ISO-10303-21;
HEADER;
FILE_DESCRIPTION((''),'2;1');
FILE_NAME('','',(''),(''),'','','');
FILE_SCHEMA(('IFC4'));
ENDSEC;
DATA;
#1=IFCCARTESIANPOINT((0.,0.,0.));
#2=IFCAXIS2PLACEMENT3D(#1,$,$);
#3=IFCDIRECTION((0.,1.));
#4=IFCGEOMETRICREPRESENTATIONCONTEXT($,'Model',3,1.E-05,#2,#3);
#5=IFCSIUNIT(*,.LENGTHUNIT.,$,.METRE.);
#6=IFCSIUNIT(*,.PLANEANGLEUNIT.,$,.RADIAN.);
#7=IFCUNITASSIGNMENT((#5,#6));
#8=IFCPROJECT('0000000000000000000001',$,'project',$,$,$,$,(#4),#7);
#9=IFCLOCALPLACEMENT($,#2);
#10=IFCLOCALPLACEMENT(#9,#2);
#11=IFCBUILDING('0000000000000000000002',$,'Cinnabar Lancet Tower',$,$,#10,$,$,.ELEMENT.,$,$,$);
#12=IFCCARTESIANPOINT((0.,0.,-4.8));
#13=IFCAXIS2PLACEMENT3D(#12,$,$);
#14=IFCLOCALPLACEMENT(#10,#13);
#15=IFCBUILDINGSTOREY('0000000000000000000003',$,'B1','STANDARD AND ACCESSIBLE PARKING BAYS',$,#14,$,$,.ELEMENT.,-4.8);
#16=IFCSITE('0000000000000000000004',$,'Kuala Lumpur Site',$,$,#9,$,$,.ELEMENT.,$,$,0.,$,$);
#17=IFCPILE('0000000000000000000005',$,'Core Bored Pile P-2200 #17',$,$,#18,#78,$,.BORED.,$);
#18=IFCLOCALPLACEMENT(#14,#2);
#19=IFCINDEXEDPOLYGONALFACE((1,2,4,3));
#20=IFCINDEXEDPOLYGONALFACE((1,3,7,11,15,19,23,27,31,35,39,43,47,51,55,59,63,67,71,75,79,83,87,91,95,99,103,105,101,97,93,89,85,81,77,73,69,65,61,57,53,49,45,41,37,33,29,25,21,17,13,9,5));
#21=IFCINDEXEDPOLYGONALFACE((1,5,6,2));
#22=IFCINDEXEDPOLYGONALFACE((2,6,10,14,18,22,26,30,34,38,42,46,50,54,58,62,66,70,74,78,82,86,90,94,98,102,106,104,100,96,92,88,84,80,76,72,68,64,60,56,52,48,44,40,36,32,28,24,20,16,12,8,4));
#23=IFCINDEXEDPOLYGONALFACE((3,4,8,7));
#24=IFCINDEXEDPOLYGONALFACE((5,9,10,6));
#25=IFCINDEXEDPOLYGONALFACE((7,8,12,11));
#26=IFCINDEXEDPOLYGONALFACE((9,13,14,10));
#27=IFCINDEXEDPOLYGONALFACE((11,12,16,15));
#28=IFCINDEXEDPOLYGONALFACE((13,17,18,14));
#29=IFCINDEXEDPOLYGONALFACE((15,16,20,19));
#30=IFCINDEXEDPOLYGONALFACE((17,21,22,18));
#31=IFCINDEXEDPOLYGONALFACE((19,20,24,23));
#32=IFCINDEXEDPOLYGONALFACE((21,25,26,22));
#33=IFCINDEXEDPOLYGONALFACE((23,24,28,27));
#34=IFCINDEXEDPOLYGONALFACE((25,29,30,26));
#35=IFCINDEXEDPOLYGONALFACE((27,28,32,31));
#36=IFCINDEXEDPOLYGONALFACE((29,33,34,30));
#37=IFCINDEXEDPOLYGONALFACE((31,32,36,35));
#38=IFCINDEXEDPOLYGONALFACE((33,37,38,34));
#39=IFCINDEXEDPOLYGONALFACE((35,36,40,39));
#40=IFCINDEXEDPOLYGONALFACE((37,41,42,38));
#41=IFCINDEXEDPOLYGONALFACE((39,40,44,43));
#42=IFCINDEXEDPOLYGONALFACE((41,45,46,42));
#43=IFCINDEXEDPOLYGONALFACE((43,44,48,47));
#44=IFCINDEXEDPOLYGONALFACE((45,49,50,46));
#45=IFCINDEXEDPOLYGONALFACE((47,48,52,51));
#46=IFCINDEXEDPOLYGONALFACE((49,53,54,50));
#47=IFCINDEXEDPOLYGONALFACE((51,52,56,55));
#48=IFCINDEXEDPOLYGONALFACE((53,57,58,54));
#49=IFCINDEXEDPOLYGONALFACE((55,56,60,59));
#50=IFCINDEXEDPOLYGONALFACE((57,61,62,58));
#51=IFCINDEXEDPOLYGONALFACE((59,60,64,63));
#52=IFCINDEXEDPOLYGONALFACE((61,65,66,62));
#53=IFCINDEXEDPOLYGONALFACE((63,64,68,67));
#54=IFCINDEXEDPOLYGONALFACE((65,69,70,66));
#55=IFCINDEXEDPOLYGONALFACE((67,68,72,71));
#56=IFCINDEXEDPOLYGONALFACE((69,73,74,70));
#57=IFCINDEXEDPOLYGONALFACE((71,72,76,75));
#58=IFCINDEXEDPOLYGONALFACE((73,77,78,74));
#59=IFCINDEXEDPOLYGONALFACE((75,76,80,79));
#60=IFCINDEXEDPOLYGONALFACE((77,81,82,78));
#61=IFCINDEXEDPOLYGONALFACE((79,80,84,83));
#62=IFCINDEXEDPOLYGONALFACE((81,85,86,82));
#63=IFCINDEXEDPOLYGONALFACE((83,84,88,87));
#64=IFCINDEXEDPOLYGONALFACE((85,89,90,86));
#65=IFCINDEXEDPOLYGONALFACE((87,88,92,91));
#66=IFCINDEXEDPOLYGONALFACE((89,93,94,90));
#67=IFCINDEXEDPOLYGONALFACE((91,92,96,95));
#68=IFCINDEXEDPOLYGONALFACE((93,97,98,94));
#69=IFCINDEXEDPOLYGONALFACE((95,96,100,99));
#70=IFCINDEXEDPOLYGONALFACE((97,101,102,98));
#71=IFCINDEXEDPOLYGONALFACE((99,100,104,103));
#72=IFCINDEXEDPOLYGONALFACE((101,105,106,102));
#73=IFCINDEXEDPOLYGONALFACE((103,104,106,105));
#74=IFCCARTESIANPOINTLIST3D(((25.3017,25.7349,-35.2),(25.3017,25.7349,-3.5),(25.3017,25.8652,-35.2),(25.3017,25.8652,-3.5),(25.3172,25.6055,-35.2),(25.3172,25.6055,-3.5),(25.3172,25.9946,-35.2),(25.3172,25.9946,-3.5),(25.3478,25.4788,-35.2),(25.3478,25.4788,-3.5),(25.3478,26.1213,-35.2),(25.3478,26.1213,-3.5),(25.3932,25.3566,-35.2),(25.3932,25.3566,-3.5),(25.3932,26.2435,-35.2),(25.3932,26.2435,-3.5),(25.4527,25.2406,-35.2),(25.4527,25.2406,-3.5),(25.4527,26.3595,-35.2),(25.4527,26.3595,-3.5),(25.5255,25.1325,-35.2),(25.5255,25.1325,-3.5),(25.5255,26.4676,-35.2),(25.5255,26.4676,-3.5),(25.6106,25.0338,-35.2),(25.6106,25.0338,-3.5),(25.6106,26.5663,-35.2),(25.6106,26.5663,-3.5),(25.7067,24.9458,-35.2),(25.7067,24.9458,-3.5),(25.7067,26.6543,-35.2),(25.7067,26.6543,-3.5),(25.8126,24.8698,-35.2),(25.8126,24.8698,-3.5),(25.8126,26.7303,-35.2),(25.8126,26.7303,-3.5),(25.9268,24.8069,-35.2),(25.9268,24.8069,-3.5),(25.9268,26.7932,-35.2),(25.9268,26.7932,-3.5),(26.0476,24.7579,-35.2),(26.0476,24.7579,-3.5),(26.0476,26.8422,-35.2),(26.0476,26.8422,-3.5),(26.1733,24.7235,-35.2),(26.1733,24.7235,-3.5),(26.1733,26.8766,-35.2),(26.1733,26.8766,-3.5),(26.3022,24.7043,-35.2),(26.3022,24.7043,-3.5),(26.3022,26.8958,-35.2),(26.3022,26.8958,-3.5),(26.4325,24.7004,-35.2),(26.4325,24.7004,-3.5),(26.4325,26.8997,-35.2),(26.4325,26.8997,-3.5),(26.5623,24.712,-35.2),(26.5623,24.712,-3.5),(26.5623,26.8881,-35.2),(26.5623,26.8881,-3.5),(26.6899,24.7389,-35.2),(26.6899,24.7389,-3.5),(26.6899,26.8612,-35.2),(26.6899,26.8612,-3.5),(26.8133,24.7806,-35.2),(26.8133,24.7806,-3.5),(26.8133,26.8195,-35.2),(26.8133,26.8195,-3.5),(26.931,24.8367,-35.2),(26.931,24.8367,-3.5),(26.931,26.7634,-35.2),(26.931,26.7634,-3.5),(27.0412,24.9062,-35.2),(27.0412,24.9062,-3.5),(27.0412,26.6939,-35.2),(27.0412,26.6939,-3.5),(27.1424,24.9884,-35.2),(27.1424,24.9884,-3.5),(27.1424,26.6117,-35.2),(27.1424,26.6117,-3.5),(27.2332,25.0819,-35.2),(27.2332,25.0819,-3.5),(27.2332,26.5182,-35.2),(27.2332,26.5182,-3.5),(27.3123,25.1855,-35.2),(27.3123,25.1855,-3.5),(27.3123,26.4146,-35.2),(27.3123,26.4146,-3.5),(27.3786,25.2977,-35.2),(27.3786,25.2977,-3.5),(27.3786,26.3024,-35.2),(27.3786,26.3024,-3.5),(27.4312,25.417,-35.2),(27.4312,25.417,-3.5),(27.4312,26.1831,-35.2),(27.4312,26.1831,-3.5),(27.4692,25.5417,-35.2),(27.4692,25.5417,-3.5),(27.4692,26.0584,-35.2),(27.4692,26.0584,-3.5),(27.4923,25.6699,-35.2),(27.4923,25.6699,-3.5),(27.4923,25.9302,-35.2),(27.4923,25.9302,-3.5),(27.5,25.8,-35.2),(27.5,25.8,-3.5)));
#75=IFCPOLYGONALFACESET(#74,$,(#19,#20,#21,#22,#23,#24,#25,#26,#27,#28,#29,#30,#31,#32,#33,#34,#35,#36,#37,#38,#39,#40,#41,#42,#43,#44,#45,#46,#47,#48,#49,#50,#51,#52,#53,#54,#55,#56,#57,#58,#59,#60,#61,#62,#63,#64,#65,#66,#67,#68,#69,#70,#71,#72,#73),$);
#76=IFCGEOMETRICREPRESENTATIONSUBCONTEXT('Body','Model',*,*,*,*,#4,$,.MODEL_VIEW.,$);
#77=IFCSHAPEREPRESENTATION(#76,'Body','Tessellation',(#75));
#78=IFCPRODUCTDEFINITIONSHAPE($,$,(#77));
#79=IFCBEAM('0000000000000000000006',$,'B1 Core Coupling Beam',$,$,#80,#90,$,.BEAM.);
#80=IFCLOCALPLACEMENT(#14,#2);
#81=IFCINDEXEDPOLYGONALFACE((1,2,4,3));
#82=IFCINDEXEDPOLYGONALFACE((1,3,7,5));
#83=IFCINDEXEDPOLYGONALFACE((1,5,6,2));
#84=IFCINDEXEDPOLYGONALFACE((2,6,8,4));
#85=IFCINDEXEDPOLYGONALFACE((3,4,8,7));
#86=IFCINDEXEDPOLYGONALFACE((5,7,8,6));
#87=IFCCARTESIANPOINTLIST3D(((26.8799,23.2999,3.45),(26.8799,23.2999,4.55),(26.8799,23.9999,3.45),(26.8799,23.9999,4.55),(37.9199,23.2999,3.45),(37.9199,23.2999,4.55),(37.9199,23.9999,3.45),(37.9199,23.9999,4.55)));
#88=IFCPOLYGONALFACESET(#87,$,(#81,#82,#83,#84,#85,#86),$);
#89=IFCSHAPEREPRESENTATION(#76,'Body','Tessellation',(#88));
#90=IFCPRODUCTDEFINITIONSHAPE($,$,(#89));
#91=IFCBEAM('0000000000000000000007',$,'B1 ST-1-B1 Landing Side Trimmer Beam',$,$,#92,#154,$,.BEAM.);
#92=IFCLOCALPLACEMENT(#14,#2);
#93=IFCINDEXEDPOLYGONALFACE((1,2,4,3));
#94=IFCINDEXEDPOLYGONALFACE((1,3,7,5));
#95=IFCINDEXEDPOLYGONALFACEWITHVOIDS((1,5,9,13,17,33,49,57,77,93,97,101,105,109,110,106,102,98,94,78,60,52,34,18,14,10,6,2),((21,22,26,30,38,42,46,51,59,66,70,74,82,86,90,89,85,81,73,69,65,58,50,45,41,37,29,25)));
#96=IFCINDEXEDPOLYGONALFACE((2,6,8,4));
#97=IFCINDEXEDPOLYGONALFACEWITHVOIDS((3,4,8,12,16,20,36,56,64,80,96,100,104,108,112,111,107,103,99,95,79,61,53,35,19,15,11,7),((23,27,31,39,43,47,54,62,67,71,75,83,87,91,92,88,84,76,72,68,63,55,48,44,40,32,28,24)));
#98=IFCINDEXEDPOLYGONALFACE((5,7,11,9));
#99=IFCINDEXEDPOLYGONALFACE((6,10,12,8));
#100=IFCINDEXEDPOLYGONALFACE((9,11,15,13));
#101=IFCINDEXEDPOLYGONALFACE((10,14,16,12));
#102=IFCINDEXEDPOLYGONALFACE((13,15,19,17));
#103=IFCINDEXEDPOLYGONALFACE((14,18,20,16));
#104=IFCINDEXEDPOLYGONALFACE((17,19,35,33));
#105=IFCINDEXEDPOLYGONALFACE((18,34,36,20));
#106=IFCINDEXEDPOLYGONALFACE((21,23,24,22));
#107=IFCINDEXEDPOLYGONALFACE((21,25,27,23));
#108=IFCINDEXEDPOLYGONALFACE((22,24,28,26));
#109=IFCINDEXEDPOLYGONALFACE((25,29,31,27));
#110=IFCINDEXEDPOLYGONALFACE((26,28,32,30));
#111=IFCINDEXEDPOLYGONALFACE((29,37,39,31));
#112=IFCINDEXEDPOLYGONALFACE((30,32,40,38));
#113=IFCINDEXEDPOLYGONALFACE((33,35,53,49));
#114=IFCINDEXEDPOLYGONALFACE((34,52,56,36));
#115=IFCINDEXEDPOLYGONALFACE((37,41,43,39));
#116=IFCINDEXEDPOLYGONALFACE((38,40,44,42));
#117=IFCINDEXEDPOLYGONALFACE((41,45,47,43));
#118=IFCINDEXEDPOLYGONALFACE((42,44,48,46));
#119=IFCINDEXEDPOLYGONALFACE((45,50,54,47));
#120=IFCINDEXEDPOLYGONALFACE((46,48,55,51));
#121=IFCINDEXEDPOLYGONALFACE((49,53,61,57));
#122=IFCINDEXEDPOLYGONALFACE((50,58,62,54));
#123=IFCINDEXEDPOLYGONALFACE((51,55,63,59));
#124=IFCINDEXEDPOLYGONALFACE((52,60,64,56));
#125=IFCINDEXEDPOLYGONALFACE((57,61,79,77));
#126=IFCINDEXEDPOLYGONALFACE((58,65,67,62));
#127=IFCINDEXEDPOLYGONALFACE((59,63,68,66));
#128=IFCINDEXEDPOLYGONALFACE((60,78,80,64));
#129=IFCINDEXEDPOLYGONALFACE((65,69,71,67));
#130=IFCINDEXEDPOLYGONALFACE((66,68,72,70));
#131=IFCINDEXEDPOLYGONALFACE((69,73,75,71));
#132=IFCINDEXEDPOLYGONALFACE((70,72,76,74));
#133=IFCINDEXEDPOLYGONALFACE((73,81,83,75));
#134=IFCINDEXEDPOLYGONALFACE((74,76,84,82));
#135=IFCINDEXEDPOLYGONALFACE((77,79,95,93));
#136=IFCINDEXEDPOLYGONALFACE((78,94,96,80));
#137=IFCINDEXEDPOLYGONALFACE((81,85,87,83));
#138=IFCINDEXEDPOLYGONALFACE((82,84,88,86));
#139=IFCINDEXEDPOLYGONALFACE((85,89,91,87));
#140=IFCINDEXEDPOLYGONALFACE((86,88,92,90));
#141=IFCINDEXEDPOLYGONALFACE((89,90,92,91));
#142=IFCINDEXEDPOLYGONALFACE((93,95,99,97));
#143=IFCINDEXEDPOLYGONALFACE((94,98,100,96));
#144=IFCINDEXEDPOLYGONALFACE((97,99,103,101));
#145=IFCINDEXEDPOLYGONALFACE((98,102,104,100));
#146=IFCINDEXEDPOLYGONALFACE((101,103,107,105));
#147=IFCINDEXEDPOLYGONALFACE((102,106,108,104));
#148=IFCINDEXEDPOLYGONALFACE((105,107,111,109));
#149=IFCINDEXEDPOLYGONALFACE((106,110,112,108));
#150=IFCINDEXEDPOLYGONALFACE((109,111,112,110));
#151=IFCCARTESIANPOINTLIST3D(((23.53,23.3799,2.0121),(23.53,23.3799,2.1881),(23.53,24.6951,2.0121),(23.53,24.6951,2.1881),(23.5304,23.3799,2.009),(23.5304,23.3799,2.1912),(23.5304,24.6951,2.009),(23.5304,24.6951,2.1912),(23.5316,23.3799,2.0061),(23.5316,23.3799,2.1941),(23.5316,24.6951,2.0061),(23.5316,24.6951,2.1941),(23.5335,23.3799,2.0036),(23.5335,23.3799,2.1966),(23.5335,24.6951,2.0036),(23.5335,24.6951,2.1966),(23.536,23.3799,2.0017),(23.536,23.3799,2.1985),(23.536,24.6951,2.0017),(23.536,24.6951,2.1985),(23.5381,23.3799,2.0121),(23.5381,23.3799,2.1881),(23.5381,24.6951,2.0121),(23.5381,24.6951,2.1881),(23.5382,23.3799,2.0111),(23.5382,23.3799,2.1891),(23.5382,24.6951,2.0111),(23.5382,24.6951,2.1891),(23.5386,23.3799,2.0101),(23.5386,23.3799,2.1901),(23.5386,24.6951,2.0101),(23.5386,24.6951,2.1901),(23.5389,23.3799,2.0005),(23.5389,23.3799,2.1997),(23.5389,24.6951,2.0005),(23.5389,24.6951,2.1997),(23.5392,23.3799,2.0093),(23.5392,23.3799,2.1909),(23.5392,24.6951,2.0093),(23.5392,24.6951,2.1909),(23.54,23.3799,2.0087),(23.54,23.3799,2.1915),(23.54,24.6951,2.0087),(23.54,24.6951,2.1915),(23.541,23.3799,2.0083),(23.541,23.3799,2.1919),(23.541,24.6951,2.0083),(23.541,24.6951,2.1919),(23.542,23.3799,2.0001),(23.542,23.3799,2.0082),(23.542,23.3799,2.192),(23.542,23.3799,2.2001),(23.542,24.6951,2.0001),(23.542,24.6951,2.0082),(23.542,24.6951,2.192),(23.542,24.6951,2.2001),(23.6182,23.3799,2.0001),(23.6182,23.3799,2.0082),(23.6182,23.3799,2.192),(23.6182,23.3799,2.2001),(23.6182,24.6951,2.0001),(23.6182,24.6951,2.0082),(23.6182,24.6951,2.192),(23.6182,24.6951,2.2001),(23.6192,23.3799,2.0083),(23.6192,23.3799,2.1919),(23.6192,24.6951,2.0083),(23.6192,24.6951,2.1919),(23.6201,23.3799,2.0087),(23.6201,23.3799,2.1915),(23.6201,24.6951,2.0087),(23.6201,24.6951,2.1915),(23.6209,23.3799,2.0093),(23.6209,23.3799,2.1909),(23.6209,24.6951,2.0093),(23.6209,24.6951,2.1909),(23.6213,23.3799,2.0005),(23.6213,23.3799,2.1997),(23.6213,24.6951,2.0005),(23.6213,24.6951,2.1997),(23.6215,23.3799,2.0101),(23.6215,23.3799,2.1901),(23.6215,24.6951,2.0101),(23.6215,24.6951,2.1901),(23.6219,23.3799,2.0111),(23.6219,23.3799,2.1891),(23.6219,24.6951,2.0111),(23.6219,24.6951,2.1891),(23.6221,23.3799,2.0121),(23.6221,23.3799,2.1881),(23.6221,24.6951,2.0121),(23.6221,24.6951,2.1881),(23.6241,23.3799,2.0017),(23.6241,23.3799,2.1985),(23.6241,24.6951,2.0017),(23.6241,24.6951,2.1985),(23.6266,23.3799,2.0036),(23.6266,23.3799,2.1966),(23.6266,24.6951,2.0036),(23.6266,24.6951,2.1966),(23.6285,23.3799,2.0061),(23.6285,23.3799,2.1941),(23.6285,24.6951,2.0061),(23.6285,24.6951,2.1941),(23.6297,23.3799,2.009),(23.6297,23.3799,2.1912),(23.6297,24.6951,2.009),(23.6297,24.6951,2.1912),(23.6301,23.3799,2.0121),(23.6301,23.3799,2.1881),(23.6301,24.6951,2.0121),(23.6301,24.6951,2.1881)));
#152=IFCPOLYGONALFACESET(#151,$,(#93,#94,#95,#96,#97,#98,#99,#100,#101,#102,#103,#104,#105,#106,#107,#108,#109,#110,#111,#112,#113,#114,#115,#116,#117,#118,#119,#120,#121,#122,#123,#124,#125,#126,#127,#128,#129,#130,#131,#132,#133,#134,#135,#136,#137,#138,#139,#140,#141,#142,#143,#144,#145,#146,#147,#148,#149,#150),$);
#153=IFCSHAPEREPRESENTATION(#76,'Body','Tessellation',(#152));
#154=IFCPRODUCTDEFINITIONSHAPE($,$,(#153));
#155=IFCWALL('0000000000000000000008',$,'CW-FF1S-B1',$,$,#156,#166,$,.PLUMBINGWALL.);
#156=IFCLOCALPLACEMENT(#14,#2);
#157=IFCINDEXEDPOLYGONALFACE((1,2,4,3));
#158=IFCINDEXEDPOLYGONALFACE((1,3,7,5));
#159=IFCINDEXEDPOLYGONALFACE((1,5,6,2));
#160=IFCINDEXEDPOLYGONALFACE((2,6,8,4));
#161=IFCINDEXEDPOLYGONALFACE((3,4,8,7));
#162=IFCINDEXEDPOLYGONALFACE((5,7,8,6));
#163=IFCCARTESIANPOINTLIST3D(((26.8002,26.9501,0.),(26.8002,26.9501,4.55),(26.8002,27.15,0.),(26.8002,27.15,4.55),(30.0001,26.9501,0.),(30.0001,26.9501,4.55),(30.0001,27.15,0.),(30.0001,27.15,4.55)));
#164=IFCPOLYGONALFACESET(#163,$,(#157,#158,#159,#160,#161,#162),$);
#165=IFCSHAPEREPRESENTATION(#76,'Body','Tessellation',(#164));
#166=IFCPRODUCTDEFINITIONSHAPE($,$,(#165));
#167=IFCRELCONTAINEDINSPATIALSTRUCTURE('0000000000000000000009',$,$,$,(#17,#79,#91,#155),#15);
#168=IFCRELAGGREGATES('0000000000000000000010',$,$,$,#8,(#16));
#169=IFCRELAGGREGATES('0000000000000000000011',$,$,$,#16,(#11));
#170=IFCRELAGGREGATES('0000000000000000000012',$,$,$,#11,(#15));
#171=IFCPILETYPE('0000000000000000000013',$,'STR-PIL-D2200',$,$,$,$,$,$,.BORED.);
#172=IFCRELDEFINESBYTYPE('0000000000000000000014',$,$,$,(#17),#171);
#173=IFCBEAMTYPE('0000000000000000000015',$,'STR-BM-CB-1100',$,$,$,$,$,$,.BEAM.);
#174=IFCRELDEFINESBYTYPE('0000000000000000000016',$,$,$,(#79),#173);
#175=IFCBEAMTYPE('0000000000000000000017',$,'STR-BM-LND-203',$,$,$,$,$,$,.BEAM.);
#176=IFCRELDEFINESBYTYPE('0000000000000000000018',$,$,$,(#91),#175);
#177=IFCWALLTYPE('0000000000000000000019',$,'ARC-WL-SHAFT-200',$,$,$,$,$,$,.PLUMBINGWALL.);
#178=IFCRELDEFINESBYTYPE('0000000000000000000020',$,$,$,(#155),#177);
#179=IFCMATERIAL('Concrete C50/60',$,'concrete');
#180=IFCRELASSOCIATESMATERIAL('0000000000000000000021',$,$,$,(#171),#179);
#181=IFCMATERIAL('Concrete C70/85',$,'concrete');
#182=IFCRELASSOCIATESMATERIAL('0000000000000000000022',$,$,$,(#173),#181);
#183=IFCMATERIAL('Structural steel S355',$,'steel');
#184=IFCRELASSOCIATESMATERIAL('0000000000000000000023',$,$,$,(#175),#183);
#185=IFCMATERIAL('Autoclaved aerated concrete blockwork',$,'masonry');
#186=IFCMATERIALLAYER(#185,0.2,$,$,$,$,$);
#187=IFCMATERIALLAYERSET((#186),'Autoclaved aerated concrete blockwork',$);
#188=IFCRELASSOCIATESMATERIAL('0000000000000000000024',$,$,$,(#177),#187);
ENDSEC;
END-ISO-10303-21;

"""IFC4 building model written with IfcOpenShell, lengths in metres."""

from ifc_helpers import new_model, si_unit, direction, frame, frame_2d, origin, origin_2d, place, context, subcontext, project, spatial, rectangle, hollow_rectangle, circle, extrude, material, layer, layer_set, material_profile, profile_set, type_object, element, save


model = new_model("IFC4")

# Units and contexts
model_context = context("Model", 3, precision=1e-05, world=origin(), true_north=direction((0.0, 1.0)))
body_context = subcontext(model_context, "Body", "Model", "MODEL_VIEW")
ifc_project = project(units=[si_unit("LENGTHUNIT", "METRE"), si_unit("PLANEANGLEUNIT", "RADIAN")], contexts=[model_context])

# Site, building, storey
site_placement = place(None, origin())
site = spatial("IfcSite", under=ifc_project, at=site_placement, Name="Kuala Lumpur Site", CompositionType="ELEMENT", RefElevation=0.0)
building_placement = place(site_placement, origin())
building = spatial("IfcBuilding", under=site, at=building_placement, Name="Cinnabar Lancet Tower", CompositionType="ELEMENT")
storey_placement = place(building_placement, frame((0.0, 0.0, -4.8)))
storey = spatial("IfcBuildingStorey", under=building, at=storey_placement, Name="B1", Description="STANDARD AND ACCESSIBLE PARKING BAYS", CompositionType="ELEMENT", Elevation=-4.8)

# Pile
ifc_material_1 = material(Name="Concrete C50/60", Category="concrete")
ifc_material_profile_1 = material_profile(ifc_material_1, circle(Radius=1.1001, at=origin_2d()), Name="PILE D2200")
ifc_profile_set_1 = profile_set([ifc_material_profile_1], Name="Concrete C50/60")
pile_type = type_object("IfcPileType", Name="STR-PIL-D2200", PredefinedType="BORED", material=ifc_profile_set_1)
pile_placement = place(storey_placement, frame((26.3999, 25.8, -3.5), z_axis=(0.0, 0.0, -1.0), x_axis=(1.0, 0.0, 0.0)))
element("IfcPile", 1, at=pile_placement, inside=storey, type_object=pile_type, Name="Core Bored Pile P-2200 #17", PredefinedType="BORED", context=body_context, shape_type="SweptSolid", body=[
    extrude(circle(Radius=1.1001, at=origin_2d()), origin(), (0.0, 0.0, 1.0), 31.7),
])

# Beams
ifc_material_2 = material(Name="Concrete C70/85", Category="concrete")
ifc_material_profile_2 = material_profile(ifc_material_2, rectangle(XDim=0.7, YDim=1.1001, at=origin_2d()), Name="RC-CB 700x1100")
ifc_profile_set_2 = profile_set([ifc_material_profile_2], Name="Concrete C70/85")
beam_type_1 = type_object("IfcBeamType", Name="STR-BM-CB-1100", PredefinedType="BEAM", material=ifc_profile_set_2)
beam_1_placement = place(storey_placement, frame((26.8799, 23.6499, 4.0), z_axis=(1.0, 0.0, 0.0), x_axis=(0.0, 1.0, 0.0)))
element("IfcBeam", 2, at=beam_1_placement, inside=storey, type_object=beam_type_1, Name="B1 Core Coupling Beam", PredefinedType="BEAM", context=body_context, shape_type="SweptSolid", body=[
    extrude(rectangle(XDim=0.7, YDim=1.1001, at=origin_2d()), origin(), (0.0, 0.0, 1.0), 11.04),
])
ifc_material_3 = material(Name="Structural steel S355", Category="steel")
ifc_material_profile_3 = material_profile(ifc_material_3, hollow_rectangle(XDim=0.1001, YDim=0.2, WallThickness=0.0081, InnerFilletRadius=0.0039, OuterFilletRadius=0.012, at=origin_2d()), Name="RHS 200x100x8")
ifc_profile_set_3 = profile_set([ifc_material_profile_3], Name="Structural steel S355")
beam_type_2 = type_object("IfcBeamType", Name="STR-BM-LND-203", PredefinedType="BEAM", material=ifc_profile_set_3)
beam_2_placement = place(storey_placement, frame((23.5801, 23.3799, 2.1001), z_axis=(0.0, 1.0, 0.0), x_axis=(-1.0, 0.0, 0.0)))
element("IfcBeam", 3, at=beam_2_placement, inside=storey, type_object=beam_type_2, Name="B1 ST-1-B1 Landing Side Trimmer Beam", PredefinedType="BEAM", context=body_context, shape_type="SweptSolid", body=[
    extrude(hollow_rectangle(XDim=0.1001, YDim=0.2, WallThickness=0.0081, InnerFilletRadius=0.0039, OuterFilletRadius=0.012, at=origin_2d()), origin(), (0.0, 0.0, 1.0), 1.3152),
])

# Shared definitions
ifc_material_4 = material(Name="Autoclaved aerated concrete blockwork", Category="masonry")
ifc_layer = layer(ifc_material_4, 0.2)
ifc_layer_set = layer_set([ifc_layer], Name="Autoclaved aerated concrete blockwork")
wall_type = type_object("IfcWallType", Name="ARC-WL-SHAFT-200", PredefinedType="PLUMBINGWALL", material=ifc_layer_set)

# Wall
wall_1_placement = place(storey_placement, frame((26.8, 27.05, 0.0), z_axis=(0.0, 0.0, 1.0), x_axis=(1.0, 0.0, 0.0)))
element("IfcWall", 4, at=wall_1_placement, inside=storey, type_object=wall_type, Name="CW-FF1S-B1", PredefinedType="PLUMBINGWALL", context=body_context, shape_type="SweptSolid", body=[
    extrude(rectangle(XDim=3.2, YDim=0.2, at=frame_2d((1.6001, 0.0))), origin(), (0.0, 0.0, 1.0), 4.55),
])

save(model, "model.ifc")
